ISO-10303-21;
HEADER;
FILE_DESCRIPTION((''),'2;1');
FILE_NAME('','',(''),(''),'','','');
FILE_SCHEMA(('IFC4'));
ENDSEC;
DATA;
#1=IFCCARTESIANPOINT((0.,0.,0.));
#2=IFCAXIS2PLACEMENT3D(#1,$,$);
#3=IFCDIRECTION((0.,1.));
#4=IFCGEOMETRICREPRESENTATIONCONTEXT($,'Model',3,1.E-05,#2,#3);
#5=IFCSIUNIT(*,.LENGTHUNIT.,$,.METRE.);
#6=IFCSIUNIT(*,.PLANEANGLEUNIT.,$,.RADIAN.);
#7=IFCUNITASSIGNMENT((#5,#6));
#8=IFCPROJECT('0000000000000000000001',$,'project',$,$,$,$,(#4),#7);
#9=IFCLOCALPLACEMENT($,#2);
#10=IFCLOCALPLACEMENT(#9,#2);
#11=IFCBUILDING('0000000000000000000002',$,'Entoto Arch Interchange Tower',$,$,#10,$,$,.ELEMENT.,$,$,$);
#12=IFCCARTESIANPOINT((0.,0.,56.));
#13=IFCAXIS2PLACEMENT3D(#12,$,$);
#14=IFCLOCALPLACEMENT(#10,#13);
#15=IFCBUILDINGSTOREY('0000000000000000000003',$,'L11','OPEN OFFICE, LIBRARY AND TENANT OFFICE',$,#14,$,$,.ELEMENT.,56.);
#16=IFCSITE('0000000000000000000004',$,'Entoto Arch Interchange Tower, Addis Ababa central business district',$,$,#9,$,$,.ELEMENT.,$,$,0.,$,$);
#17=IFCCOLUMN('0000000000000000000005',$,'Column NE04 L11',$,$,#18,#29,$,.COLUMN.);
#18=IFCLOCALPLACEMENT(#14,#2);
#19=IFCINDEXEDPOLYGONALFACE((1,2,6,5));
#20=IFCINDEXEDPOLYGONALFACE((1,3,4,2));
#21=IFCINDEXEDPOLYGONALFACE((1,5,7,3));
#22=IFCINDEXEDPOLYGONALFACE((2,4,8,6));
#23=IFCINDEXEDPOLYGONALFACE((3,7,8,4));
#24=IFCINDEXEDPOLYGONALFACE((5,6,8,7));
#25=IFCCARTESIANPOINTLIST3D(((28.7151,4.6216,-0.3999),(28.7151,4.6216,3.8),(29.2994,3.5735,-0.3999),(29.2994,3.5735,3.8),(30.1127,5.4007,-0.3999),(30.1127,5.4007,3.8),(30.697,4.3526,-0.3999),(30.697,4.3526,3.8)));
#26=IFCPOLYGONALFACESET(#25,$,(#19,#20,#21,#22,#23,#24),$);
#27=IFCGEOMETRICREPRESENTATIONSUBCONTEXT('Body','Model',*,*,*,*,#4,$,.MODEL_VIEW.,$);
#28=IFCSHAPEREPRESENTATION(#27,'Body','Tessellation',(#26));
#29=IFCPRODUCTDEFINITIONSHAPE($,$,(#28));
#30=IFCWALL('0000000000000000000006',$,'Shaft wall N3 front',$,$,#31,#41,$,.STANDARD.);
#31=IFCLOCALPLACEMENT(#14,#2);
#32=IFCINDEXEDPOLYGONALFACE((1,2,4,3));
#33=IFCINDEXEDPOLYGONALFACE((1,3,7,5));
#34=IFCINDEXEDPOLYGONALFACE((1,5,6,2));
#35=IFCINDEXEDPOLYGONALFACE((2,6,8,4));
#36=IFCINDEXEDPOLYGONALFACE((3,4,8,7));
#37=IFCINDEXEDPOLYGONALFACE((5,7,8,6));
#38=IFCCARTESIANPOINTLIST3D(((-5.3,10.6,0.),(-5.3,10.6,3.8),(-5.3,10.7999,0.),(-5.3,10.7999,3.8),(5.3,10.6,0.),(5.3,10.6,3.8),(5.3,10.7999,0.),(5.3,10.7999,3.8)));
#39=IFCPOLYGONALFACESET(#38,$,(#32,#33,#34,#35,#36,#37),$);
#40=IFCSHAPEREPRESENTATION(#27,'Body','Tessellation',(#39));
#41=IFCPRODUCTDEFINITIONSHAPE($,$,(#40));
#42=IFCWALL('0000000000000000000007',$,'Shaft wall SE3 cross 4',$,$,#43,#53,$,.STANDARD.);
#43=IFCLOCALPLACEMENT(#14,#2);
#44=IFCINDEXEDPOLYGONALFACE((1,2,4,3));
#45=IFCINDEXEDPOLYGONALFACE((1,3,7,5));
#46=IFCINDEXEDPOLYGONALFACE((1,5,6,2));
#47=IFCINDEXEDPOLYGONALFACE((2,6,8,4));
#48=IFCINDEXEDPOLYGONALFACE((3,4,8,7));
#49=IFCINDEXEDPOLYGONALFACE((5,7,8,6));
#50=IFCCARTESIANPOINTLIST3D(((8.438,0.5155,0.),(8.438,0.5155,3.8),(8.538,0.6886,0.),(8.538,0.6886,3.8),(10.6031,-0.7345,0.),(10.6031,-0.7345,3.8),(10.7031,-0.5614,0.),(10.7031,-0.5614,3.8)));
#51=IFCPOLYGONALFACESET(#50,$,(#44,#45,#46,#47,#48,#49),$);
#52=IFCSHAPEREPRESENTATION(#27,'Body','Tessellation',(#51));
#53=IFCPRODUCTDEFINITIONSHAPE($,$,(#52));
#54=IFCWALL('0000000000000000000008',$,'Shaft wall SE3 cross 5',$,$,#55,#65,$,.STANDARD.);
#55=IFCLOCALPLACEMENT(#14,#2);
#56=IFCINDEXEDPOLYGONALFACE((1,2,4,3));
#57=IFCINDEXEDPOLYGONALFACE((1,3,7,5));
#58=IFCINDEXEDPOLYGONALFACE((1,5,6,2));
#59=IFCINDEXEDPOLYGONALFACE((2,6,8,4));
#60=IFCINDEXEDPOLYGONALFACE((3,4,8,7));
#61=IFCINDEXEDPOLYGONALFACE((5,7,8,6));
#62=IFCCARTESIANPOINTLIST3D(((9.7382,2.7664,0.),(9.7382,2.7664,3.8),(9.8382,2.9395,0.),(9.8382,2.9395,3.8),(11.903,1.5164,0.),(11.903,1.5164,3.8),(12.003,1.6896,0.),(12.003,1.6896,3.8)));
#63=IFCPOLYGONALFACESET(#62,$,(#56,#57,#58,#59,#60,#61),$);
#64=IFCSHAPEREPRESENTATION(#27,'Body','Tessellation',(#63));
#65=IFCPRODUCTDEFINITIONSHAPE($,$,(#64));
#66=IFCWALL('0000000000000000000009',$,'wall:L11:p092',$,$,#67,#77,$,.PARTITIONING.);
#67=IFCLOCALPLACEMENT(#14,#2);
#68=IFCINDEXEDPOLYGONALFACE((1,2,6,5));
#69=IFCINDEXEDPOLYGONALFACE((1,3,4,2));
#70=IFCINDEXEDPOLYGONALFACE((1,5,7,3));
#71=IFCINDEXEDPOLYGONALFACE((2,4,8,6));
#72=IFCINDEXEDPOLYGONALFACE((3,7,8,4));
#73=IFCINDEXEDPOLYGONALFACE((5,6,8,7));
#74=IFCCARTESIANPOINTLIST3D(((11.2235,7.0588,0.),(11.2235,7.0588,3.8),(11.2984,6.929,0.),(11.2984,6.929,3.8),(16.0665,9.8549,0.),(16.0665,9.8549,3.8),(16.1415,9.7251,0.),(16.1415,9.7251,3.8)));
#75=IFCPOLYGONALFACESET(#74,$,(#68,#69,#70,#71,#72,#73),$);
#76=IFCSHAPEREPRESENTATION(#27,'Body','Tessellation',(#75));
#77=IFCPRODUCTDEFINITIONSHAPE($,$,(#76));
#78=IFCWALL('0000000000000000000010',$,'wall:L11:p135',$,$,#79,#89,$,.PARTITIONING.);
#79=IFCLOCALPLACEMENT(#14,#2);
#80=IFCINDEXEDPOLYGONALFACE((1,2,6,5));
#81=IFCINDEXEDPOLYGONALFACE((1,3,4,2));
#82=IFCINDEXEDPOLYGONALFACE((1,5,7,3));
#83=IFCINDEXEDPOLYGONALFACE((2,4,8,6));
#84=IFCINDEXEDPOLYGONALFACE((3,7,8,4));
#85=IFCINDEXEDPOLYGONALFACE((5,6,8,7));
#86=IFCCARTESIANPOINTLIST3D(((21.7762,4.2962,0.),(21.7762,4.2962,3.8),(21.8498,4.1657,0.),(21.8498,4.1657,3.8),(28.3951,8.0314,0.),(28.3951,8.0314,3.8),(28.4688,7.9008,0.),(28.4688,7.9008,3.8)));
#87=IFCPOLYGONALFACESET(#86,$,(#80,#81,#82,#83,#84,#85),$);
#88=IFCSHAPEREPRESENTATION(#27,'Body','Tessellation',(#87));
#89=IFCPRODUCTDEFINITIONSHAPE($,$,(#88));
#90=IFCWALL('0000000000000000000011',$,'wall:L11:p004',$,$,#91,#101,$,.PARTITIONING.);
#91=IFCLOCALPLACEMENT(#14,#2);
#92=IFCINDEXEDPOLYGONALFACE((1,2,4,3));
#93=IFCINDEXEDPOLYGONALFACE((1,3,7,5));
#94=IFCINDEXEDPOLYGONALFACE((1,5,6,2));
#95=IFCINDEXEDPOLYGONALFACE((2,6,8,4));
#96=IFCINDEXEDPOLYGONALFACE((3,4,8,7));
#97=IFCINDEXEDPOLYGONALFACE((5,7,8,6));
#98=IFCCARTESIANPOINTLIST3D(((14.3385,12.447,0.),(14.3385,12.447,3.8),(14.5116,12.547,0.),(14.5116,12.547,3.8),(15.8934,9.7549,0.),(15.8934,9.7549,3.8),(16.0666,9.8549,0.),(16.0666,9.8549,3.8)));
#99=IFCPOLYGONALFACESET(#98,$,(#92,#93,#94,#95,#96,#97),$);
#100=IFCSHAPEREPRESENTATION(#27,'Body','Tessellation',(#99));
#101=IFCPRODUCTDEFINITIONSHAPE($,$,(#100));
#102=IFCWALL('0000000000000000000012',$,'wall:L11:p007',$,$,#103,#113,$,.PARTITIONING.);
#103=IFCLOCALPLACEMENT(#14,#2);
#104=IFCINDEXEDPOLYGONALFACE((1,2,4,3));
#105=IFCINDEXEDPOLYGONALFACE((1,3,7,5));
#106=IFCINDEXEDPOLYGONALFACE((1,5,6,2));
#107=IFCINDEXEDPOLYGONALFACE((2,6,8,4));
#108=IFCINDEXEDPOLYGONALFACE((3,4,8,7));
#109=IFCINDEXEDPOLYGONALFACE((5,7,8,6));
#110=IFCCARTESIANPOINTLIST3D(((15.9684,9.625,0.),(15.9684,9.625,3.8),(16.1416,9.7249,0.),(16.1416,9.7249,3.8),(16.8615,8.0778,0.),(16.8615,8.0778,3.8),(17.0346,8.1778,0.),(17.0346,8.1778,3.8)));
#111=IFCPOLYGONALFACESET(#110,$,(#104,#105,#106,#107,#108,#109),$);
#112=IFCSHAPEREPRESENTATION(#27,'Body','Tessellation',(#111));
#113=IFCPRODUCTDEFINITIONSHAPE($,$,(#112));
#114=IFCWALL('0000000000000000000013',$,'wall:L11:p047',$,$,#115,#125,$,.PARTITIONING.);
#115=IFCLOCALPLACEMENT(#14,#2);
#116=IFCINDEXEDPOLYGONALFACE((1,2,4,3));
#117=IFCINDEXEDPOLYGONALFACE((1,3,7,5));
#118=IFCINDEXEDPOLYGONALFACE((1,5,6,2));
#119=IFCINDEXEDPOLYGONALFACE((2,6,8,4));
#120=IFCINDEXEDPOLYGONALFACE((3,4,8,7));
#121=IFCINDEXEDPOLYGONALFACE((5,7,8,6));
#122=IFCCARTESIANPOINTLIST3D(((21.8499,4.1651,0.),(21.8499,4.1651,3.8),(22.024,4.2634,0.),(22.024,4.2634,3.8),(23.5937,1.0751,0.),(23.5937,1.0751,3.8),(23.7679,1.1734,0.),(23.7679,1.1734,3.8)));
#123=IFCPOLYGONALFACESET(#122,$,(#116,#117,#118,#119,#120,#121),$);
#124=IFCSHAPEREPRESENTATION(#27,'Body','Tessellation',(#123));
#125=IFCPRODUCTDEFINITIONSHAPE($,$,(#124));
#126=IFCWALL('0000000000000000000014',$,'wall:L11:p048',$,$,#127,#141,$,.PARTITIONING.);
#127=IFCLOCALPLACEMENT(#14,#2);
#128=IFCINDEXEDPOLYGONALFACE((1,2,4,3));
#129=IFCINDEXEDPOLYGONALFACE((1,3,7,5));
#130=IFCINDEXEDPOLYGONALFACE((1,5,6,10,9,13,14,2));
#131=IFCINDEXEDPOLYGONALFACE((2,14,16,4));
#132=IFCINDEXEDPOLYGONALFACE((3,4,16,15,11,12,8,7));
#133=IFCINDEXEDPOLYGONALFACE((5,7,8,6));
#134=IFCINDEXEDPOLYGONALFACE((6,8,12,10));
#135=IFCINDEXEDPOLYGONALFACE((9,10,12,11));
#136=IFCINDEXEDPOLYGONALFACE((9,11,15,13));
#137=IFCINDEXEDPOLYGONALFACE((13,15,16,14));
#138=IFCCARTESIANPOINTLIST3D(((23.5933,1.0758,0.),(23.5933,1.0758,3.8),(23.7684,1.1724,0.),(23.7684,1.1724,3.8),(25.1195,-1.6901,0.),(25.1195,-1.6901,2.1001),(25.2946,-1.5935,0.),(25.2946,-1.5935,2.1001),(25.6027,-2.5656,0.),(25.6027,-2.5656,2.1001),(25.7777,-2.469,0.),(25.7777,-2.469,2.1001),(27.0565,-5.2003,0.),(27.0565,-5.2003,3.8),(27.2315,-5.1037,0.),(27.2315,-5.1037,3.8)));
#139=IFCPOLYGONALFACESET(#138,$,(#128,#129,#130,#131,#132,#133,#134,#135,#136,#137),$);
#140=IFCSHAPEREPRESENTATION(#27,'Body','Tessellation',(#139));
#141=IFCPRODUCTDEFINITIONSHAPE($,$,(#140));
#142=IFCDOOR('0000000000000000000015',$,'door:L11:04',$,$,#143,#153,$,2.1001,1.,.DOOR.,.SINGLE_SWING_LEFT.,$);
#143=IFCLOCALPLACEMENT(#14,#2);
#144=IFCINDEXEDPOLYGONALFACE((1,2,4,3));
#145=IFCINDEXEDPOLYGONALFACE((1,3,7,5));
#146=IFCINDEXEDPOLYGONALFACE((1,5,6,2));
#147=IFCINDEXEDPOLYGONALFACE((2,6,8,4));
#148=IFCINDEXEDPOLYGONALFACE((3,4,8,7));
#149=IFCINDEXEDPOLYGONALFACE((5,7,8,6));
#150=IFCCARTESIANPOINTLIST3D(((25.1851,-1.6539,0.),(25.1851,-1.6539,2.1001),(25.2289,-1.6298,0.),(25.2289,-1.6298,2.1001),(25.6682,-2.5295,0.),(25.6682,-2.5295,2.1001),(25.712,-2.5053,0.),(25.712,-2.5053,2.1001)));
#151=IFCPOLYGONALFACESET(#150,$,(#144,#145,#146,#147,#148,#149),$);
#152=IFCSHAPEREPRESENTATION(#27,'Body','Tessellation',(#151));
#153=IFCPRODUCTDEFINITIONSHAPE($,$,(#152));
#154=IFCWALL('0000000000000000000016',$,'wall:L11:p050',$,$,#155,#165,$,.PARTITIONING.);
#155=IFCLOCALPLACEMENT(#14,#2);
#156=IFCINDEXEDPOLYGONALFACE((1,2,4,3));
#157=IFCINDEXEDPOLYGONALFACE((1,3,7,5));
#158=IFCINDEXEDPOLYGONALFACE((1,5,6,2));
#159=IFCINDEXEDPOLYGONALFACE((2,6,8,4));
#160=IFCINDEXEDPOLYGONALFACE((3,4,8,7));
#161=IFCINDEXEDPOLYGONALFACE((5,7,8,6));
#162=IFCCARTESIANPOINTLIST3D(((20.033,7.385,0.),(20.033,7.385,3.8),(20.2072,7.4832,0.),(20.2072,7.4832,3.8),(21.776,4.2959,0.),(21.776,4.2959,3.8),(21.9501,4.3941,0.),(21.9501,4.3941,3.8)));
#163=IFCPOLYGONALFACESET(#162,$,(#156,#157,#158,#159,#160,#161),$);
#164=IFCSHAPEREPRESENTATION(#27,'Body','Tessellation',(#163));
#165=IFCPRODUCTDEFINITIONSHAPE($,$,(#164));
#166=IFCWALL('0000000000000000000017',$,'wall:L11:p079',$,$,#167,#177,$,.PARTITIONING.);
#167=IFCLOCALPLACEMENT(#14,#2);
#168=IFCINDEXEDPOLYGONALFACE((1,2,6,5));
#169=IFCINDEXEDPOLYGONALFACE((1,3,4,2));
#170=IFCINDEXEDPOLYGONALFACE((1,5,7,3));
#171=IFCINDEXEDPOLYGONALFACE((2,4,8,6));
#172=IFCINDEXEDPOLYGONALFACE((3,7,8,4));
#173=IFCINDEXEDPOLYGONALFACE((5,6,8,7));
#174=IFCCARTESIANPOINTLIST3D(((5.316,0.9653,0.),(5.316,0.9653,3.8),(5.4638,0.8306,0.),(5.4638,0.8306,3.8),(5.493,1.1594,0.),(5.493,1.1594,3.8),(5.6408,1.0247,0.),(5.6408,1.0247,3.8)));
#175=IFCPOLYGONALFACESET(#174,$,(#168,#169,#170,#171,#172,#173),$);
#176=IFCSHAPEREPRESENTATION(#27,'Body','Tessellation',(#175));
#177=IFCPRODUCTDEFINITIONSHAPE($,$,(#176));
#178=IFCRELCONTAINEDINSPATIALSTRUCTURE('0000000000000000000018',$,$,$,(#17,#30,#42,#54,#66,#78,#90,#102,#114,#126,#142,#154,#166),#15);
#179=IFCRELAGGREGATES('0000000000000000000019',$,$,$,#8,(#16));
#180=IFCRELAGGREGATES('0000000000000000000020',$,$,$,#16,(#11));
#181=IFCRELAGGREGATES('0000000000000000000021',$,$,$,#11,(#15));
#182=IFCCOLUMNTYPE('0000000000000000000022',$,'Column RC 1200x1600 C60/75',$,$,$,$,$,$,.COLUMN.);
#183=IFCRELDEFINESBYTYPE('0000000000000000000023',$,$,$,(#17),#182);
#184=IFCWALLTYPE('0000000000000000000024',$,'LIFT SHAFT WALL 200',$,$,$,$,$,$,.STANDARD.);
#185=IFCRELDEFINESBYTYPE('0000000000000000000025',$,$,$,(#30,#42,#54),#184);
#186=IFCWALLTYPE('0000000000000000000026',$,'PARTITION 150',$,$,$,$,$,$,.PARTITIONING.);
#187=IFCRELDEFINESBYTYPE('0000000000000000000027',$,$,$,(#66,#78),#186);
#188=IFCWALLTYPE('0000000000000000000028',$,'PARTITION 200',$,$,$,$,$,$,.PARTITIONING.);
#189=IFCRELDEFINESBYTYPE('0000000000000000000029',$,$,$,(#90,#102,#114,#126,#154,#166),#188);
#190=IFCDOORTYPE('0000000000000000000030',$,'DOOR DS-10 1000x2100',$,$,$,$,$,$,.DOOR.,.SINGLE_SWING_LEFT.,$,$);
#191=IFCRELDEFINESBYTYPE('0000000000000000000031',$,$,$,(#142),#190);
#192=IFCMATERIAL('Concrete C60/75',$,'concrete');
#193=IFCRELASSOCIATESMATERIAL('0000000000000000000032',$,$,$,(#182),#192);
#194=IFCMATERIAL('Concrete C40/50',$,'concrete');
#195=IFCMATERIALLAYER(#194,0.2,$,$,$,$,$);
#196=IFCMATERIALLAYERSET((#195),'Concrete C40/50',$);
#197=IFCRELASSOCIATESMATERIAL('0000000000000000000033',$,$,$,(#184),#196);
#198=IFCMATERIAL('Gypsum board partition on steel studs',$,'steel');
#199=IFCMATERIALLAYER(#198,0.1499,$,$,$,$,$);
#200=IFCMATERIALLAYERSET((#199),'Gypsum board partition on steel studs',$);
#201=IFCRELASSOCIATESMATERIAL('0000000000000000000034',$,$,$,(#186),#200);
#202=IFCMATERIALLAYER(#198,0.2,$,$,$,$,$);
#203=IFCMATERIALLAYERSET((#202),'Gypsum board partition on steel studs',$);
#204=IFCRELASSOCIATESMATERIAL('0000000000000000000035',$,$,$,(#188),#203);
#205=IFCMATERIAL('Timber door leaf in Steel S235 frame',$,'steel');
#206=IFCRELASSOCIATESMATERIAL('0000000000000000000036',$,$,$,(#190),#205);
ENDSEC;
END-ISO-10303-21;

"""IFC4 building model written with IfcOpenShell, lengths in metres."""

from ifc_helpers import new_model, si_unit, direction, frame, frame_2d, origin, origin_2d, place, context, subcontext, project, spatial, rectangle, extrude, material, layer, layer_set, material_profile, profile_set, type_object, element, fill, save


model = new_model("IFC4")

# Units and contexts
model_context = context("Model", 3, precision=1e-05, world=origin(), true_north=direction((0.0, 1.0)))
body_context = subcontext(model_context, "Body", "Model", "MODEL_VIEW")
ifc_project = project(units=[si_unit("LENGTHUNIT", "METRE"), si_unit("PLANEANGLEUNIT", "RADIAN")], contexts=[model_context])

# Site, building, storey
site_placement = place(None, origin())
site = spatial("IfcSite", under=ifc_project, at=site_placement, Name="Entoto Arch Interchange Tower, Addis Ababa central business district", CompositionType="ELEMENT", RefElevation=0.0)
building_placement = place(site_placement, origin())
building = spatial("IfcBuilding", under=site, at=building_placement, Name="Entoto Arch Interchange Tower", CompositionType="ELEMENT")
storey_placement = place(building_placement, frame((0.0, 0.0, 56.0)))
storey = spatial("IfcBuildingStorey", under=building, at=storey_placement, Name="L11", Description="OPEN OFFICE, LIBRARY AND TENANT OFFICE", CompositionType="ELEMENT", Elevation=56.0)

# Column
ifc_material_1 = material(Name="Concrete C60/75", Category="concrete")
ifc_material_profile = material_profile(ifc_material_1, rectangle(XDim=1.2, YDim=1.6001, at=origin_2d()))
ifc_profile_set = profile_set([ifc_material_profile], Name="Concrete C60/75")
column_type = type_object("IfcColumnType", Name="Column RC 1200x1600 C60/75", PredefinedType="COLUMN", material=ifc_profile_set)
column_placement = place(storey_placement, frame((29.7061, 4.4871, -0.3999), z_axis=(0.0, 0.0, 1.0), x_axis=(-0.486915, 0.873449, 0.0)))
element("IfcColumn", 1, at=column_placement, inside=storey, type_object=column_type, Name="Column NE04 L11", PredefinedType="COLUMN", context=body_context, shape_type="SweptSolid", body=[
    extrude(rectangle(XDim=1.2, YDim=1.6001, at=origin_2d()), origin(), (0.0, 0.0, 1.0), 4.2),
])

# Walls
ifc_material_2 = material(Name="Concrete C40/50", Category="concrete")
ifc_layer_1 = layer(ifc_material_2, 0.2)
ifc_layer_set_1 = layer_set([ifc_layer_1], Name="Concrete C40/50")
wall_type_1 = type_object("IfcWallType", Name="LIFT SHAFT WALL 200", PredefinedType="STANDARD", material=ifc_layer_set_1)
wall_1_placement = place(storey_placement, frame((5.3, 10.7, 0.0), z_axis=(0.0, 0.0, 1.0), x_axis=(-1.0, 0.0, 0.0)))
element("IfcWall", 2, at=wall_1_placement, inside=storey, type_object=wall_type_1, Name="Shaft wall N3 front", PredefinedType="STANDARD", context=body_context, shape_type="SweptSolid", body=[
    extrude(rectangle(XDim=10.6001, YDim=0.2, at=frame_2d((5.3, 0.0))), origin(), (0.0, 0.0, 1.0), 3.8),
])
wall_2_placement = place(storey_placement, frame((8.488, 0.6021, 0.0), z_axis=(0.0, 0.0, 1.0), x_axis=(0.866023, -0.500004, 0.0)))
element("IfcWall", 3, at=wall_2_placement, inside=storey, type_object=wall_type_1, Name="Shaft wall SE3 cross 4", PredefinedType="STANDARD", context=body_context, shape_type="SweptSolid", body=[
    extrude(rectangle(XDim=2.5, YDim=0.2, at=frame_2d((1.25, 0.0))), origin(), (0.0, 0.0, 1.0), 3.8),
])
wall_3_placement = place(storey_placement, frame((9.7881, 2.853, 0.0), z_axis=(0.0, 0.0, 1.0), x_axis=(0.865999, -0.500047, 0.0)))
element("IfcWall", 4, at=wall_3_placement, inside=storey, type_object=wall_type_1, Name="Shaft wall SE3 cross 5", PredefinedType="STANDARD", context=body_context, shape_type="SweptSolid", body=[
    extrude(rectangle(XDim=2.4998, YDim=0.2, at=frame_2d((1.25, 0.0))), origin(), (0.0, 0.0, 1.0), 3.8),
])
ifc_material_3 = material(Name="Gypsum board partition on steel studs", Category="steel")
ifc_layer_2 = layer(ifc_material_3, 0.1499)
ifc_layer_set_2 = layer_set([ifc_layer_2], Name="Gypsum board partition on steel studs")
wall_type_2 = type_object("IfcWallType", Name="PARTITION 150", PredefinedType="PARTITIONING", material=ifc_layer_set_2)
wall_4_placement = place(storey_placement, frame((16.104, 9.79, 0.0), z_axis=(0.0, 0.0, 1.0), x_axis=(-0.866023, -0.500003, 0.0)))
element("IfcWall", 5, at=wall_4_placement, inside=storey, type_object=wall_type_2, Name="wall:L11:p092", PredefinedType="PARTITIONING", context=body_context, shape_type="SweptSolid", body=[
    extrude(rectangle(XDim=5.5923, YDim=0.1499, at=frame_2d((2.7961, 0.0))), origin(), (0.0, 0.0, 1.0), 3.8),
])
wall_5_placement = place(storey_placement, frame((21.813, 4.231, 0.0), z_axis=(0.0, 0.0, 1.0), x_axis=(0.870901, 0.491458, 0.0)))
element("IfcWall", 6, at=wall_5_placement, inside=storey, type_object=wall_type_2, Name="wall:L11:p135", PredefinedType="PARTITIONING", context=body_context, shape_type="SweptSolid", body=[
    extrude(rectangle(XDim=7.6001, YDim=0.1499, at=frame_2d((3.8, 0.0))), origin(), (0.0, 0.0, 1.0), 3.8),
])
ifc_layer_3 = layer(ifc_material_3, 0.2)
ifc_layer_set_3 = layer_set([ifc_layer_3], Name="Gypsum board partition on steel studs")
wall_type_3 = type_object("IfcWallType", Name="PARTITION 200", PredefinedType="PARTITIONING", material=ifc_layer_set_3)
wall_6_placement = place(storey_placement, frame((15.98, 9.8049, 0.0), z_axis=(0.0, 0.0, 1.0), x_axis=(-0.500151, 0.865938, 0.0)))
element("IfcWall", 7, at=wall_6_placement, inside=storey, type_object=wall_type_3, Name="wall:L11:p004", PredefinedType="PARTITIONING", context=body_context, shape_type="SweptSolid", body=[
    extrude(rectangle(XDim=3.1089, YDim=0.2, at=frame_2d((1.5544, 0.0))), origin(), (0.0, 0.0, 1.0), 3.8),
])
wall_7_placement = place(storey_placement, frame((16.948, 8.1279, 0.0), z_axis=(0.0, 0.0, 1.0), x_axis=(-0.499931, 0.866065, 0.0)))
element("IfcWall", 8, at=wall_7_placement, inside=storey, type_object=wall_type_3, Name="wall:L11:p007", PredefinedType="PARTITIONING", context=body_context, shape_type="SweptSolid", body=[
    extrude(rectangle(XDim=1.7864, YDim=0.2, at=frame_2d((0.8931, 0.0))), origin(), (0.0, 0.0, 1.0), 3.8),
])
wall_8_placement = place(storey_placement, frame((21.937, 4.2141, 0.0), z_axis=(0.0, 0.0, 1.0), x_axis=(0.491486, -0.870886, 0.0)))
element("IfcWall", 9, at=wall_8_placement, inside=storey, type_object=wall_type_3, Name="wall:L11:p047", PredefinedType="PARTITIONING", context=body_context, shape_type="SweptSolid", body=[
    extrude(rectangle(XDim=3.5481, YDim=0.2, at=frame_2d((1.7739, 0.0))), origin(), (0.0, 0.0, 1.0), 3.8),
])

# Wall, opening, door
wall_9_placement = place(storey_placement, frame((23.6809, 1.124, 0.0), z_axis=(0.0, 0.0, 1.0), x_axis=(0.483125, -0.875551, 0.0)))
wall_9 = element("IfcWall", 10, at=wall_9_placement, inside=storey, type_object=wall_type_3, Name="wall:L11:p048", PredefinedType="PARTITIONING", context=body_context, shape_type="SweptSolid", body=[
    extrude(rectangle(XDim=7.1682, YDim=0.2, at=frame_2d((3.584, 0.0))), origin(), (0.0, 0.0, 1.0), 3.8),
])
opening_1_placement = place(wall_9_placement, frame((3.1589, 0.0, 0.0)))
opening_1 = element("IfcOpeningElement", 11, at=opening_1_placement, cuts=wall_9, PredefinedType="OPENING", context=body_context, shape_type="SweptSolid", body=[
    extrude(rectangle(XDim=1.0, YDim=2.1001, at=frame_2d((0.5, 1.05))), frame((0.0, 0.1099, 0.0), z_axis=(0.0, -1.0, 0.0), x_axis=(1.0, 0.0, 0.0)), (0.0, 0.0, 1.0), 0.22),
])
ifc_material_4 = material(Name="Timber door leaf in Steel S235 frame", Category="steel")
door_type_1 = type_object("IfcDoorType", Name="DOOR DS-10 1000x2100", OperationType="SINGLE_SWING_LEFT", PredefinedType="DOOR", material=ifc_material_4)
door_1_placement = place(opening_1_placement, origin())
door_1 = element("IfcDoor", 12, at=door_1_placement, inside=storey, type_object=door_type_1, Name="door:L11:04", OperationType="SINGLE_SWING_LEFT", OverallHeight=2.1001, OverallWidth=1.0, PredefinedType="DOOR", context=body_context, shape_type="SweptSolid", body=[
    extrude(rectangle(XDim=1.0, YDim=2.1001, at=frame_2d((0.5, 1.05))), frame((0.0, 0.0249, 0.0), z_axis=(0.0, -1.0, 0.0), x_axis=(1.0, 0.0, 0.0)), (0.0, 0.0, 1.0), 0.05),
])
fill(opening_1, door_1)

# Walls
wall_10_placement = place(storey_placement, frame((20.1201, 7.4341, 0.0), z_axis=(0.0, 0.0, 1.0), x_axis=(0.491395, -0.870937, 0.0)))
element("IfcWall", 13, at=wall_10_placement, inside=storey, type_object=wall_type_3, Name="wall:L11:p050", PredefinedType="PARTITIONING", context=body_context, shape_type="SweptSolid", body=[
    extrude(rectangle(XDim=3.5469, YDim=0.2, at=frame_2d((1.7734, 0.0))), origin(), (0.0, 0.0, 1.0), 3.8),
])
wall_11_placement = place(storey_placement, frame((5.3899, 0.8979, 0.0), z_axis=(0.0, 0.0, 1.0), x_axis=(0.673828, 0.738888, 0.0)))
element("IfcWall", 14, at=wall_11_placement, inside=storey, type_object=wall_type_3, Name="wall:L11:p079", PredefinedType="PARTITIONING", context=body_context, shape_type="SweptSolid", body=[
    extrude(rectangle(XDim=0.2627, YDim=0.2, at=frame_2d((0.1313, 0.0))), origin(), (0.0, 0.0, 1.0), 3.8),
])

save(model, "model.ifc")
